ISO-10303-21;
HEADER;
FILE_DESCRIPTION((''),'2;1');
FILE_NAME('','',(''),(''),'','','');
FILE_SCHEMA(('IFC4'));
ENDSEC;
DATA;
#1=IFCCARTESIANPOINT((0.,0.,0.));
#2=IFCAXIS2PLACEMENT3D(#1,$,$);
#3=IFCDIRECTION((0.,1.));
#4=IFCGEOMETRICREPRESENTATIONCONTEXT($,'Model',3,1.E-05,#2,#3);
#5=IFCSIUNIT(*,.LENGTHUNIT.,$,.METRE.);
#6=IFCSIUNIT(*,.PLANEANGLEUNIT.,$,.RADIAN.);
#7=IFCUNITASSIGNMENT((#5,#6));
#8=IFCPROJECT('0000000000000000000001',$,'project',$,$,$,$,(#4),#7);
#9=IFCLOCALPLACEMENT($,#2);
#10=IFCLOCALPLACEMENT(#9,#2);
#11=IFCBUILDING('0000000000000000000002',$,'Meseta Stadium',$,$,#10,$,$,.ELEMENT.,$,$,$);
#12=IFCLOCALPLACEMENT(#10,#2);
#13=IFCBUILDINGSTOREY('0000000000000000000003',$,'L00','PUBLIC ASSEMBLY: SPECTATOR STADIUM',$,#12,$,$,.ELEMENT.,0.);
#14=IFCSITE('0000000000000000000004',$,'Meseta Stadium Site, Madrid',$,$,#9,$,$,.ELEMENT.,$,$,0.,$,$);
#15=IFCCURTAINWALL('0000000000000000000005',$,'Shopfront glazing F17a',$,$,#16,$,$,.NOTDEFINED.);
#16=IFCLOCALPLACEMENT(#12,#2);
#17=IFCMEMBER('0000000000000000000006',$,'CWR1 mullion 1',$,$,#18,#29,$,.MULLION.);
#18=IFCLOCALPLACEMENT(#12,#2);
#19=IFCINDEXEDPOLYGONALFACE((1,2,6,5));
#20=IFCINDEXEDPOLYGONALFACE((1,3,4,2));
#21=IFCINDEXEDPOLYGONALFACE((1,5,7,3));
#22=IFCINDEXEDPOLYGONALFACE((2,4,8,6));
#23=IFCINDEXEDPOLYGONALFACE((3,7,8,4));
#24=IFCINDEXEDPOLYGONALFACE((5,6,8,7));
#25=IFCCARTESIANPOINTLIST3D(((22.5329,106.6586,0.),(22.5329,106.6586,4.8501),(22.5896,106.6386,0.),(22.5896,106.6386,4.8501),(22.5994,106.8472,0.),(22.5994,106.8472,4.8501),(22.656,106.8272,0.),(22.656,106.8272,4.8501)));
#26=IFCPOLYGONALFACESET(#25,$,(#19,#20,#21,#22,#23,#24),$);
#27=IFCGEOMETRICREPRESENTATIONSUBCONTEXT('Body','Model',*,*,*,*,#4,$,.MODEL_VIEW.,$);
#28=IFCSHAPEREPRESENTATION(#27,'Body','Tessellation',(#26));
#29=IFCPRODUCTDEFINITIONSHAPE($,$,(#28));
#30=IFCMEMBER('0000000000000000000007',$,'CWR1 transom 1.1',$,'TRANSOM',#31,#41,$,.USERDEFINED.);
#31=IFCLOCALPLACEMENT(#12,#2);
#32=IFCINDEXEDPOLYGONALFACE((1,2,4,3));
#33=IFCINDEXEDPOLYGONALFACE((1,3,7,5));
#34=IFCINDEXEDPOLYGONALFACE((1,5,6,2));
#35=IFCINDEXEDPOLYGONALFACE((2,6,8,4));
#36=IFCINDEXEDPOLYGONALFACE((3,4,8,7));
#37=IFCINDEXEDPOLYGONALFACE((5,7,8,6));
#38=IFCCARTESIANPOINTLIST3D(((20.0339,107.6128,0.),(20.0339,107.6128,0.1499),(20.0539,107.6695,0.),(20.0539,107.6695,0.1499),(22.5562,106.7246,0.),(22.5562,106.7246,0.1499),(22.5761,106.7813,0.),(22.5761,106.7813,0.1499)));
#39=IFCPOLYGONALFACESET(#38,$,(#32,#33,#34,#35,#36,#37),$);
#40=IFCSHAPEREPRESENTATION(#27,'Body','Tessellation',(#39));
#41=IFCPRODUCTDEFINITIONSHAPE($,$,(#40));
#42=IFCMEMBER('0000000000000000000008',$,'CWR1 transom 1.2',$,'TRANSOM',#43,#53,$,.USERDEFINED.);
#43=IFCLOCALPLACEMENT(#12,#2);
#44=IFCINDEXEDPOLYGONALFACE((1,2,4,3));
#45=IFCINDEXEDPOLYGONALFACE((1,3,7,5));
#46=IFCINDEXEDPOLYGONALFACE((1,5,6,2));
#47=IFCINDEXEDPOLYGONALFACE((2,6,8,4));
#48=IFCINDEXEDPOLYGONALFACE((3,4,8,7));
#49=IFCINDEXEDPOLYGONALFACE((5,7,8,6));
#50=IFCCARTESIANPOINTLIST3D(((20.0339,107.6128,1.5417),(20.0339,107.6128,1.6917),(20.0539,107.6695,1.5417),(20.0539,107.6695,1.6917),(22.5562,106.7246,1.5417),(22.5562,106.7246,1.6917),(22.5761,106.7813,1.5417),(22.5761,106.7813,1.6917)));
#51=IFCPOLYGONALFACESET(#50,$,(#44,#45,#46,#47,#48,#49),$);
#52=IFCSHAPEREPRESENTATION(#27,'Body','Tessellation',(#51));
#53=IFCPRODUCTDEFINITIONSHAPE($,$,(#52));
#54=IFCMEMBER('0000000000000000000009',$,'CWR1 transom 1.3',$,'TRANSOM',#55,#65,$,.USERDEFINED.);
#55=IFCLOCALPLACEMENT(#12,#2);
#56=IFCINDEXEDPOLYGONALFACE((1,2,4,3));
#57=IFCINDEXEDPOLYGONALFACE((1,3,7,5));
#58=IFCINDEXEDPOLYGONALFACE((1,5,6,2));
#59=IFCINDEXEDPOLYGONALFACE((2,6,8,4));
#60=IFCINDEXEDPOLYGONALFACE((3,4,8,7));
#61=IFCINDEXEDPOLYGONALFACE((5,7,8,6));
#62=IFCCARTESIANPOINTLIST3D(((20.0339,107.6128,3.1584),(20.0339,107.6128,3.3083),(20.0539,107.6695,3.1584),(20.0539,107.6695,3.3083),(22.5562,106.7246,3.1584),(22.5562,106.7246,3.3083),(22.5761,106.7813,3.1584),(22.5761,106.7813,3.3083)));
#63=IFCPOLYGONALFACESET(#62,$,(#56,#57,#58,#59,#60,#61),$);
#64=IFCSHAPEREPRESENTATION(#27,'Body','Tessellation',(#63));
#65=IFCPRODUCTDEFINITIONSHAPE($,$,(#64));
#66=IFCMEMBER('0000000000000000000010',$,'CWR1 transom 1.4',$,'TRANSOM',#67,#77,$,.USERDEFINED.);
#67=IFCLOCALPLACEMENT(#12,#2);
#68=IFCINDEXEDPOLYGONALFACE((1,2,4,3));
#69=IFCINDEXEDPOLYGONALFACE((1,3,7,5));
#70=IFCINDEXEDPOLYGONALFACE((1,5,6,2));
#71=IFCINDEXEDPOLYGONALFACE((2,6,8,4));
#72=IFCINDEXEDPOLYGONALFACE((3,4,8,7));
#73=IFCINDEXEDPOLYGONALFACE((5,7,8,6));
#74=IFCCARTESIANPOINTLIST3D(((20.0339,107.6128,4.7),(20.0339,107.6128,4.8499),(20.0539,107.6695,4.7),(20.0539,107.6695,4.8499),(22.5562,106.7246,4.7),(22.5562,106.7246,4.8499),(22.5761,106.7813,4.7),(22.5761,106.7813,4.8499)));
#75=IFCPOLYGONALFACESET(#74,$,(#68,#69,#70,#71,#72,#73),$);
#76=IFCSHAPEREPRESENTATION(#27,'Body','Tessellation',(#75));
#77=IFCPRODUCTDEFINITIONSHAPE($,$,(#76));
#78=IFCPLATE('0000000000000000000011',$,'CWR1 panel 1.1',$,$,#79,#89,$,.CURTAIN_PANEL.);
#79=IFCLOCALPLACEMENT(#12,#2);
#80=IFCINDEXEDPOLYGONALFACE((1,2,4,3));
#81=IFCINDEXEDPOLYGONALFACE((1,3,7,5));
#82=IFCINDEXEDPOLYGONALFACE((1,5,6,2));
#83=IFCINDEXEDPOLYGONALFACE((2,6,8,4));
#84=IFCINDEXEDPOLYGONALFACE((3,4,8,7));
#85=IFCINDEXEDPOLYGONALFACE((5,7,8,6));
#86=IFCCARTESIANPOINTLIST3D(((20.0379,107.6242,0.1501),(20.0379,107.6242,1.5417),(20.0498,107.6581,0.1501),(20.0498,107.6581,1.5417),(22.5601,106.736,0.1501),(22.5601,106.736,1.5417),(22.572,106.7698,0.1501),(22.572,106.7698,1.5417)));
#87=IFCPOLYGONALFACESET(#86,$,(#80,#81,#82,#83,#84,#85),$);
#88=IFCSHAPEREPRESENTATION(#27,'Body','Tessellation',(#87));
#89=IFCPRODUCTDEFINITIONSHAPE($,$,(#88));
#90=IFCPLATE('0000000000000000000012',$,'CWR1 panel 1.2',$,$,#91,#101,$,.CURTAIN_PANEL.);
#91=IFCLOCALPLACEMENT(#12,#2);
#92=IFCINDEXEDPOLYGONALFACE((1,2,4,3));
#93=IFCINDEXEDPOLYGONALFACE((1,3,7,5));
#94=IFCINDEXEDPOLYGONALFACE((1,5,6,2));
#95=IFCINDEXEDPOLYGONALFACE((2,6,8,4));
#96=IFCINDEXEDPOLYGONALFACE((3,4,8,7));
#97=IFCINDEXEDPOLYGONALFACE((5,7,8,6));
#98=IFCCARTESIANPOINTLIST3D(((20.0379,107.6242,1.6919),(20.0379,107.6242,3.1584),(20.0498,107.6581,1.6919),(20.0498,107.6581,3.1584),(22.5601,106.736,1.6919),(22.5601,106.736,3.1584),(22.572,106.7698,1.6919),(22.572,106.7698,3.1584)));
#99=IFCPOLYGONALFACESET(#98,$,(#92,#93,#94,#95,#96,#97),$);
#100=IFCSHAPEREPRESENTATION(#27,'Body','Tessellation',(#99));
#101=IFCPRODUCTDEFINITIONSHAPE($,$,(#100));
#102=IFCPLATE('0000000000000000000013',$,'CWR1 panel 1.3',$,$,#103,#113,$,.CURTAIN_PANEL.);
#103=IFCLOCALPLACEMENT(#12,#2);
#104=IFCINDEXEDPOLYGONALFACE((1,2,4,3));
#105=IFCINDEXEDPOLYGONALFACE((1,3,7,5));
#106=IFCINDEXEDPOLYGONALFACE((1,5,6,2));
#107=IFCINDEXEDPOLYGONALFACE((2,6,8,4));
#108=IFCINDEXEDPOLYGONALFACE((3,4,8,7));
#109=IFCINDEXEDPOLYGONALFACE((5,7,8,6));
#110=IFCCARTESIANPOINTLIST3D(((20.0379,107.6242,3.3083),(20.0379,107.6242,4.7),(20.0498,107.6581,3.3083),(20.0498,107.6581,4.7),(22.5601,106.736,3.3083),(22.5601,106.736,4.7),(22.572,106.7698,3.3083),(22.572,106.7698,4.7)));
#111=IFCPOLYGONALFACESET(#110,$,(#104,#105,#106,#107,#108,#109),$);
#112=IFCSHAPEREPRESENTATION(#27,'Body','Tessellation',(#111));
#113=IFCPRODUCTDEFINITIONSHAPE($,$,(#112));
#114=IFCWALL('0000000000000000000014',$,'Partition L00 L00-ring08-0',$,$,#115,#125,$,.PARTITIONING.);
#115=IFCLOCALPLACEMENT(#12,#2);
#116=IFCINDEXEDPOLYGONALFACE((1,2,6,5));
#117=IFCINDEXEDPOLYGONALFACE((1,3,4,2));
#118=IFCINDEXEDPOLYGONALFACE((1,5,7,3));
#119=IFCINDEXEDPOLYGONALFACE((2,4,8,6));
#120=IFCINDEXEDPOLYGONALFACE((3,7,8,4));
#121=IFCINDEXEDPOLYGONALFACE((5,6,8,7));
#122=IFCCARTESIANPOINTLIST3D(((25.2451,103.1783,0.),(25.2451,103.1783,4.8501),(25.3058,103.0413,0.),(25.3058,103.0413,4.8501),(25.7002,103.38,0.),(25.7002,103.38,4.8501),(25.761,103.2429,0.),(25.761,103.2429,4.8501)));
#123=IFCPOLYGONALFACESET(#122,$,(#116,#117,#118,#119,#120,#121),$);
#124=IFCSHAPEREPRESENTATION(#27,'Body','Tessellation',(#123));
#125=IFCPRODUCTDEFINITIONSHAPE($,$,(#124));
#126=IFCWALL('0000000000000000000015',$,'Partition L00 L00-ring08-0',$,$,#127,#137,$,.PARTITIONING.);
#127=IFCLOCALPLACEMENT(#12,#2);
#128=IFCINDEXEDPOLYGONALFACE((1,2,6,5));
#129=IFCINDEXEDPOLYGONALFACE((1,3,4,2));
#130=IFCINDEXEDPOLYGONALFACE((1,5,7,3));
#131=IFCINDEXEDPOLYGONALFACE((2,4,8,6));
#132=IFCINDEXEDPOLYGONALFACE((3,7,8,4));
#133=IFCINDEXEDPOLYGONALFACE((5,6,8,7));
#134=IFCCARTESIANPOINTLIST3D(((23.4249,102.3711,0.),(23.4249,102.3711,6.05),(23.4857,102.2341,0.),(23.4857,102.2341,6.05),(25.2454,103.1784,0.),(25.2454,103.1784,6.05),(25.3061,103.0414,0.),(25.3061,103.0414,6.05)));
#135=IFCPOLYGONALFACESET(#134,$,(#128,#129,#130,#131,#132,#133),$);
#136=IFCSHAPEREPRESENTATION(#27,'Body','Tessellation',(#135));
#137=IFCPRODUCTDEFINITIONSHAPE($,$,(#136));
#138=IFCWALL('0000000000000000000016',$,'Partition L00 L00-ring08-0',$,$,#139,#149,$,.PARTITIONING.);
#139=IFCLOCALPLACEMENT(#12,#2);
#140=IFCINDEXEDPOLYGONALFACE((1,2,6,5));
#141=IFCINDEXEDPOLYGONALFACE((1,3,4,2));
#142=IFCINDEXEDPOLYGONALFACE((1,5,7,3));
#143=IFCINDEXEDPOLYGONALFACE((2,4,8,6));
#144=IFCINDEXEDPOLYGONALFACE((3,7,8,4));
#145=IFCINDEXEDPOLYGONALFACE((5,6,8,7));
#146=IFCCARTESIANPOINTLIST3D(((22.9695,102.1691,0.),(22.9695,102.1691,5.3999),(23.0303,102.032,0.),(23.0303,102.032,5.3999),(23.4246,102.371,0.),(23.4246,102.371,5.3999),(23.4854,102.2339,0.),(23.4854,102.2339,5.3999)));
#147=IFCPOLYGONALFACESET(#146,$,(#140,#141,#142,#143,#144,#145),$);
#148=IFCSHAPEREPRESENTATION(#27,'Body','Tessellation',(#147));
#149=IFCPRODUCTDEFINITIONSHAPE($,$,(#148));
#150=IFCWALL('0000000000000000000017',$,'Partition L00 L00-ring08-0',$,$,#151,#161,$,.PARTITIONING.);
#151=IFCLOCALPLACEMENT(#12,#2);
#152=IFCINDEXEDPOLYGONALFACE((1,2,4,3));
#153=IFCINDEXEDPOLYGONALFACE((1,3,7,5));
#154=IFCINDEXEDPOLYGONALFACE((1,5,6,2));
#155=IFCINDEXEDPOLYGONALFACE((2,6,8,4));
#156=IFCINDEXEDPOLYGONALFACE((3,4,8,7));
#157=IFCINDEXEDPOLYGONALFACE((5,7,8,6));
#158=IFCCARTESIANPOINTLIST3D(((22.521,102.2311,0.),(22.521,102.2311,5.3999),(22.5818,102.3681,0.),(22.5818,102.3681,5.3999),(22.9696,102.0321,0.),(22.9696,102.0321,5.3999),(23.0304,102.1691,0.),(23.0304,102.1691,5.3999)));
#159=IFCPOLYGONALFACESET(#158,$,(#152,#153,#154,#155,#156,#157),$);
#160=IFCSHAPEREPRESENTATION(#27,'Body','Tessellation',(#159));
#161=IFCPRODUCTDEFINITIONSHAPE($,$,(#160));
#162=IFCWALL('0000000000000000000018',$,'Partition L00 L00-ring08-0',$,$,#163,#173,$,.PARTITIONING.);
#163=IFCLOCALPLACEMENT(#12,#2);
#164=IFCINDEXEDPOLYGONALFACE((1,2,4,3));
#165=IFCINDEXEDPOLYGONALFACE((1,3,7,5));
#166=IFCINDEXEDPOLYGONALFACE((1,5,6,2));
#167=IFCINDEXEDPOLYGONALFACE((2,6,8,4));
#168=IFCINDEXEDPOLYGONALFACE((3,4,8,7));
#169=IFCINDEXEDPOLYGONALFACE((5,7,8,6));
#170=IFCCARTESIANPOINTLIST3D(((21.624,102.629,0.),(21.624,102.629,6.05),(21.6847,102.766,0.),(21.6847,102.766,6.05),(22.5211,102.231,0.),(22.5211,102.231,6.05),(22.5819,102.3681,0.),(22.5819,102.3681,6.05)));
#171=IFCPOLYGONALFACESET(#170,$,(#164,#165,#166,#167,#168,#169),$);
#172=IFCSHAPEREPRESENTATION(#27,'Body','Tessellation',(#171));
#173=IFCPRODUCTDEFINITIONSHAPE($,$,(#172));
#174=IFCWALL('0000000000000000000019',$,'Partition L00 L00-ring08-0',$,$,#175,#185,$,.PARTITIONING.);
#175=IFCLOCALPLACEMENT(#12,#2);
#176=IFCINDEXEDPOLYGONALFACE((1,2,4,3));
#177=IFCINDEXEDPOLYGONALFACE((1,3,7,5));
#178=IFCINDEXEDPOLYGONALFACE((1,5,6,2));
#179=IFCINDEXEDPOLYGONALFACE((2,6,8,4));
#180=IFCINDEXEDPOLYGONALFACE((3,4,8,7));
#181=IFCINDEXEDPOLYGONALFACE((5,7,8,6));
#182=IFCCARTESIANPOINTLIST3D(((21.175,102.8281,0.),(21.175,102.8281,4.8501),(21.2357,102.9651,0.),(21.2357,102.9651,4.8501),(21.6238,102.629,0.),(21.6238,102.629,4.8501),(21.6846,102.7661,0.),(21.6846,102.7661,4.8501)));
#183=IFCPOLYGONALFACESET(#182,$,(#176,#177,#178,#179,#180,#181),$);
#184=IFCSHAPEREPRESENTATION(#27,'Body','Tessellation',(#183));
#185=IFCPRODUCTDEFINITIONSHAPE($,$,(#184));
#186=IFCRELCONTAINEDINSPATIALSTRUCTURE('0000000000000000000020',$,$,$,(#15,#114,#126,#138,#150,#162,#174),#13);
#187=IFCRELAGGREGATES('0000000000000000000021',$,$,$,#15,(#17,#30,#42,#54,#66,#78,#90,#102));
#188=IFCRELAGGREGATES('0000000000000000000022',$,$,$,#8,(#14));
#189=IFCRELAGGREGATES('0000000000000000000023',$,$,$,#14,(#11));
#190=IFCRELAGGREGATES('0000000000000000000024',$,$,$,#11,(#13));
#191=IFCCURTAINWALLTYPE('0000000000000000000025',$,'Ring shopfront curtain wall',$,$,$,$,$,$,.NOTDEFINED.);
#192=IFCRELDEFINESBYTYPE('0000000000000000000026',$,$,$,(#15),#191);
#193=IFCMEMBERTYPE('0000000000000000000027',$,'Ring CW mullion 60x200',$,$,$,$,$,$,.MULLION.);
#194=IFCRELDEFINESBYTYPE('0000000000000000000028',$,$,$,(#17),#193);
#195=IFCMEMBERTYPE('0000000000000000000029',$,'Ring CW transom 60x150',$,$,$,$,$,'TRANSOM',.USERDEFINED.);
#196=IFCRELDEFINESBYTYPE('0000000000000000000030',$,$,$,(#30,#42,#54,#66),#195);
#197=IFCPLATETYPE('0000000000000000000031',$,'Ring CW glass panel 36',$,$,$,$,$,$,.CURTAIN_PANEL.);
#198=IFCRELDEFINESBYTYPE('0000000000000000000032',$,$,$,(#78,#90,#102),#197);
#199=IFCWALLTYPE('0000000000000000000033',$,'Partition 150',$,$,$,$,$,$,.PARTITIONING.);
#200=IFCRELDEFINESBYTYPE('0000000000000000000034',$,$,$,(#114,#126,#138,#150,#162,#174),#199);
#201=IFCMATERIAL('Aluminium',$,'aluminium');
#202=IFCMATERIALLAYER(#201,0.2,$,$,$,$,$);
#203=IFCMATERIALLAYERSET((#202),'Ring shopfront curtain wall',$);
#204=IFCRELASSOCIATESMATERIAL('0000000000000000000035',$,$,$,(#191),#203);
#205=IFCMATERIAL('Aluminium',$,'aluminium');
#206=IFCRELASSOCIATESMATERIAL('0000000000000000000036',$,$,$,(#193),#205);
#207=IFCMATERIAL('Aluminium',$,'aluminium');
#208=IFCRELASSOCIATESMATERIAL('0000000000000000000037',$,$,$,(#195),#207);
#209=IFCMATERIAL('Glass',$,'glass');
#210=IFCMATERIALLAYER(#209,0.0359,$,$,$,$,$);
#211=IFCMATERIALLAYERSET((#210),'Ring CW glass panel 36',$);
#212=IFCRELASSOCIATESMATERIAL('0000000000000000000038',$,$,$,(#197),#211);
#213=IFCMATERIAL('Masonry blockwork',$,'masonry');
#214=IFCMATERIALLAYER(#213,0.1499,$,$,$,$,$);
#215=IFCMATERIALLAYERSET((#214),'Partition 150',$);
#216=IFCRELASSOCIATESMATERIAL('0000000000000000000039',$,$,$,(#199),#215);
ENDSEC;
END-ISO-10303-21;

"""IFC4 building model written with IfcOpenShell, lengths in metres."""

from ifc_helpers import new_model, si_unit, direction, frame, frame_2d, origin, origin_2d, place, context, subcontext, project, spatial, rectangle, extrude, material, layer, layer_set, material_profile, profile_set, type_object, element, aggregate, save


model = new_model("IFC4")

# Units and contexts
model_context = context("Model", 3, precision=1e-05, world=origin(), true_north=direction((0.0, 1.0)))
body_context = subcontext(model_context, "Body", "Model", "MODEL_VIEW")
ifc_project = project(units=[si_unit("LENGTHUNIT", "METRE"), si_unit("PLANEANGLEUNIT", "RADIAN")], contexts=[model_context])

# Site, building, storey
site_placement = place(None, origin())
site = spatial("IfcSite", under=ifc_project, at=site_placement, Name="Meseta Stadium Site, Madrid", CompositionType="ELEMENT", RefElevation=0.0)
building_placement = place(site_placement, origin())
building = spatial("IfcBuilding", under=site, at=building_placement, Name="Meseta Stadium", CompositionType="ELEMENT")
storey_placement = place(building_placement, origin())
storey = spatial("IfcBuildingStorey", under=building, at=storey_placement, Name="L00", Description="PUBLIC ASSEMBLY: SPECTATOR STADIUM", CompositionType="ELEMENT", Elevation=0.0)

# Curtain wall, members, plates
ifc_material_1 = material(Name="Aluminium", Category="aluminium")
ifc_layer_1 = layer(ifc_material_1, 0.2)
ifc_layer_set_1 = layer_set([ifc_layer_1], Name="Ring shopfront curtain wall")
curtain_wall_type = type_object("IfcCurtainWallType", Name="Ring shopfront curtain wall", PredefinedType="NOTDEFINED", material=ifc_layer_set_1)
curtain_wall_placement = place(storey_placement, origin())
curtain_wall = element("IfcCurtainWall", 1, at=curtain_wall_placement, inside=storey, type_object=curtain_wall_type, Name="Shopfront glazing F17a", PredefinedType="NOTDEFINED")
ifc_material_2 = material(Name="Aluminium", Category="aluminium")
ifc_material_profile_1 = material_profile(ifc_material_2, rectangle(XDim=0.2, YDim=0.0601, at=origin_2d()), Name="CW 200x60")
ifc_profile_set_1 = profile_set([ifc_material_profile_1], Name="Aluminium")
member_type_1 = type_object("IfcMemberType", Name="Ring CW mullion 60x200", PredefinedType="MULLION", material=ifc_profile_set_1)
member_1_placement = place(storey_placement, frame((22.5945, 106.7429, 0.0), z_axis=(0.0, 0.0, 1.0), x_axis=(-0.33217, -0.94322, 0.0)))
member_1 = element("IfcMember", 2, at=member_1_placement, type_object=member_type_1, Name="CWR1 mullion 1", PredefinedType="MULLION", context=body_context, shape_type="SweptSolid", body=[
    extrude(rectangle(XDim=0.2, YDim=0.0601, at=origin_2d()), origin(), (0.0, 0.0, 1.0), 4.8501),
])
ifc_material_3 = material(Name="Aluminium", Category="aluminium")
ifc_material_profile_2 = material_profile(ifc_material_3, rectangle(XDim=0.0601, YDim=0.1499, at=origin_2d()), Name="CW 60x150")
ifc_profile_set_2 = profile_set([ifc_material_profile_2], Name="Aluminium")
member_type_2 = type_object("IfcMemberType", Name="Ring CW transom 60x150", ElementType="TRANSOM", PredefinedType="USERDEFINED", material=ifc_profile_set_2)
member_2_placement = place(storey_placement, frame((22.5662, 106.7529, 0.075), z_axis=(-0.943226, 0.332151, 0.0), x_axis=(-0.332151, -0.943226, 0.0)))
member_2 = element("IfcMember", 3, at=member_2_placement, type_object=member_type_2, Name="CWR1 transom 1.1", ObjectType="TRANSOM", PredefinedType="USERDEFINED", context=body_context, shape_type="SweptSolid", body=[
    extrude(rectangle(XDim=0.0601, YDim=0.1499, at=origin_2d()), origin(), (0.0, 0.0, 1.0), 2.6741),
])
member_3_placement = place(storey_placement, frame((22.5662, 106.7529, 1.6167), z_axis=(-0.943226, 0.332151, 0.0), x_axis=(-0.332151, -0.943226, 0.0)))
member_3 = element("IfcMember", 4, at=member_3_placement, type_object=member_type_2, Name="CWR1 transom 1.2", ObjectType="TRANSOM", PredefinedType="USERDEFINED", context=body_context, shape_type="SweptSolid", body=[
    extrude(rectangle(XDim=0.0601, YDim=0.1499, at=origin_2d()), origin(), (0.0, 0.0, 1.0), 2.6741),
])
member_4_placement = place(storey_placement, frame((22.5662, 106.7529, 3.2334), z_axis=(-0.943226, 0.332151, 0.0), x_axis=(-0.332151, -0.943226, 0.0)))
member_4 = element("IfcMember", 5, at=member_4_placement, type_object=member_type_2, Name="CWR1 transom 1.3", ObjectType="TRANSOM", PredefinedType="USERDEFINED", context=body_context, shape_type="SweptSolid", body=[
    extrude(rectangle(XDim=0.0601, YDim=0.1499, at=origin_2d()), origin(), (0.0, 0.0, 1.0), 2.6741),
])
member_5_placement = place(storey_placement, frame((22.5662, 106.7529, 4.7749), z_axis=(-0.943226, 0.332151, 0.0), x_axis=(-0.332151, -0.943226, 0.0)))
member_5 = element("IfcMember", 6, at=member_5_placement, type_object=member_type_2, Name="CWR1 transom 1.4", ObjectType="TRANSOM", PredefinedType="USERDEFINED", context=body_context, shape_type="SweptSolid", body=[
    extrude(rectangle(XDim=0.0601, YDim=0.1499, at=origin_2d()), origin(), (0.0, 0.0, 1.0), 2.6741),
])
ifc_material_4 = material(Name="Glass", Category="glass")
ifc_layer_2 = layer(ifc_material_4, 0.0359)
ifc_layer_set_2 = layer_set([ifc_layer_2], Name="Ring CW glass panel 36")
plate_type = type_object("IfcPlateType", Name="Ring CW glass panel 36", PredefinedType="CURTAIN_PANEL", material=ifc_layer_set_2)
plate_1_placement = place(storey_placement, frame((21.3049, 107.197, 0.1501), z_axis=(0.0, 0.0, 1.0), x_axis=(-0.94322, 0.33217, 0.0)))
plate_1 = element("IfcPlate", 7, at=plate_1_placement, type_object=plate_type, Name="CWR1 panel 1.1", PredefinedType="CURTAIN_PANEL", context=body_context, shape_type="SweptSolid", body=[
    extrude(rectangle(XDim=2.6741, YDim=0.0359, at=origin_2d()), origin(), (0.0, 0.0, 1.0), 1.3916),
])
plate_2_placement = place(storey_placement, frame((21.3049, 107.197, 1.6919), z_axis=(0.0, 0.0, 1.0), x_axis=(-0.94322, 0.33217, 0.0)))
plate_2 = element("IfcPlate", 8, at=plate_2_placement, type_object=plate_type, Name="CWR1 panel 1.2", PredefinedType="CURTAIN_PANEL", context=body_context, shape_type="SweptSolid", body=[
    extrude(rectangle(XDim=2.6741, YDim=0.0359, at=origin_2d()), origin(), (0.0, 0.0, 1.0), 1.4666),
])
plate_3_placement = place(storey_placement, frame((21.3049, 107.197, 3.3083), z_axis=(0.0, 0.0, 1.0), x_axis=(-0.94322, 0.33217, 0.0)))
plate_3 = element("IfcPlate", 9, at=plate_3_placement, type_object=plate_type, Name="CWR1 panel 1.3", PredefinedType="CURTAIN_PANEL", context=body_context, shape_type="SweptSolid", body=[
    extrude(rectangle(XDim=2.6741, YDim=0.0359, at=origin_2d()), origin(), (0.0, 0.0, 1.0), 1.3916),
])
aggregate(curtain_wall, [member_1, member_2, member_3, member_4, member_5, plate_1, plate_2, plate_3])

# Walls
ifc_material_5 = material(Name="Masonry blockwork", Category="masonry")
ifc_layer_3 = layer(ifc_material_5, 0.1499)
ifc_layer_set_3 = layer_set([ifc_layer_3], Name="Partition 150")
wall_type_1 = type_object("IfcWallType", Name="Partition 150", PredefinedType="PARTITIONING", material=ifc_layer_set_3)
wall_1_placement = place(storey_placement, frame((25.7307, 103.3115, 0.0), z_axis=(0.0, 0.0, 1.0), x_axis=(-0.914256, -0.405137, 0.0)))
element("IfcWall", 10, at=wall_1_placement, inside=storey, type_object=wall_type_1, Name="Partition L00 L00-ring08-0", PredefinedType="PARTITIONING", context=body_context, shape_type="SweptSolid", body=[
    extrude(rectangle(XDim=0.4978, YDim=0.1499, at=frame_2d((0.249, 0.0))), origin(), (0.0, 0.0, 1.0), 4.8501),
])
wall_2_placement = place(storey_placement, frame((25.2756, 103.1099, 0.0), z_axis=(0.0, 0.0, 1.0), x_axis=(-0.91414, -0.405399, 0.0)))
element("IfcWall", 11, at=wall_2_placement, inside=storey, type_object=wall_type_1, Name="Partition L00 L00-ring08-0", PredefinedType="PARTITIONING", context=body_context, shape_type="SweptSolid", body=[
    extrude(rectangle(XDim=1.9915, YDim=0.1499, at=frame_2d((0.9956, 0.0))), origin(), (0.0, 0.0, 1.0), 6.05),
])
wall_3_placement = place(storey_placement, frame((23.4551, 102.3025, 0.0), z_axis=(0.0, 0.0, 1.0), x_axis=(-0.914074, -0.405547, 0.0)))
element("IfcWall", 12, at=wall_3_placement, inside=storey, type_object=wall_type_1, Name="Partition L00 L00-ring08-0", PredefinedType="PARTITIONING", context=body_context, shape_type="SweptSolid", body=[
    extrude(rectangle(XDim=0.4978, YDim=0.1499, at=frame_2d((0.249, 0.0))), origin(), (0.0, 0.0, 1.0), 5.3999),
])
wall_4_placement = place(storey_placement, frame((23.0, 102.1006, 0.0), z_axis=(0.0, 0.0, 1.0), x_axis=(-0.914078, 0.405538, 0.0)))
element("IfcWall", 13, at=wall_4_placement, inside=storey, type_object=wall_type_1, Name="Partition L00 L00-ring08-0", PredefinedType="PARTITIONING", context=body_context, shape_type="SweptSolid", body=[
    extrude(rectangle(XDim=0.4907, YDim=0.1499, at=frame_2d((0.2454, 0.0))), origin(), (0.0, 0.0, 1.0), 5.3999),
])
wall_5_placement = place(storey_placement, frame((22.5515, 102.2996, 0.0), z_axis=(0.0, 0.0, 1.0), x_axis=(-0.914119, 0.405446, 0.0)))
element("IfcWall", 14, at=wall_5_placement, inside=storey, type_object=wall_type_1, Name="Partition L00 L00-ring08-0", PredefinedType="PARTITIONING", context=body_context, shape_type="SweptSolid", body=[
    extrude(rectangle(XDim=0.9814, YDim=0.1499, at=frame_2d((0.4907, 0.0))), origin(), (0.0, 0.0, 1.0), 6.05),
])
wall_6_placement = place(storey_placement, frame((21.6543, 102.6975, 0.0), z_axis=(0.0, 0.0, 1.0), x_axis=(-0.91416, 0.405354, 0.0)))
element("IfcWall", 15, at=wall_6_placement, inside=storey, type_object=wall_type_1, Name="Partition L00 L00-ring08-0", PredefinedType="PARTITIONING", context=body_context, shape_type="SweptSolid", body=[
    extrude(rectangle(XDim=0.491, YDim=0.1499, at=frame_2d((0.2456, 0.0))), origin(), (0.0, 0.0, 1.0), 4.8501),
])

save(model, "model.ifc")
